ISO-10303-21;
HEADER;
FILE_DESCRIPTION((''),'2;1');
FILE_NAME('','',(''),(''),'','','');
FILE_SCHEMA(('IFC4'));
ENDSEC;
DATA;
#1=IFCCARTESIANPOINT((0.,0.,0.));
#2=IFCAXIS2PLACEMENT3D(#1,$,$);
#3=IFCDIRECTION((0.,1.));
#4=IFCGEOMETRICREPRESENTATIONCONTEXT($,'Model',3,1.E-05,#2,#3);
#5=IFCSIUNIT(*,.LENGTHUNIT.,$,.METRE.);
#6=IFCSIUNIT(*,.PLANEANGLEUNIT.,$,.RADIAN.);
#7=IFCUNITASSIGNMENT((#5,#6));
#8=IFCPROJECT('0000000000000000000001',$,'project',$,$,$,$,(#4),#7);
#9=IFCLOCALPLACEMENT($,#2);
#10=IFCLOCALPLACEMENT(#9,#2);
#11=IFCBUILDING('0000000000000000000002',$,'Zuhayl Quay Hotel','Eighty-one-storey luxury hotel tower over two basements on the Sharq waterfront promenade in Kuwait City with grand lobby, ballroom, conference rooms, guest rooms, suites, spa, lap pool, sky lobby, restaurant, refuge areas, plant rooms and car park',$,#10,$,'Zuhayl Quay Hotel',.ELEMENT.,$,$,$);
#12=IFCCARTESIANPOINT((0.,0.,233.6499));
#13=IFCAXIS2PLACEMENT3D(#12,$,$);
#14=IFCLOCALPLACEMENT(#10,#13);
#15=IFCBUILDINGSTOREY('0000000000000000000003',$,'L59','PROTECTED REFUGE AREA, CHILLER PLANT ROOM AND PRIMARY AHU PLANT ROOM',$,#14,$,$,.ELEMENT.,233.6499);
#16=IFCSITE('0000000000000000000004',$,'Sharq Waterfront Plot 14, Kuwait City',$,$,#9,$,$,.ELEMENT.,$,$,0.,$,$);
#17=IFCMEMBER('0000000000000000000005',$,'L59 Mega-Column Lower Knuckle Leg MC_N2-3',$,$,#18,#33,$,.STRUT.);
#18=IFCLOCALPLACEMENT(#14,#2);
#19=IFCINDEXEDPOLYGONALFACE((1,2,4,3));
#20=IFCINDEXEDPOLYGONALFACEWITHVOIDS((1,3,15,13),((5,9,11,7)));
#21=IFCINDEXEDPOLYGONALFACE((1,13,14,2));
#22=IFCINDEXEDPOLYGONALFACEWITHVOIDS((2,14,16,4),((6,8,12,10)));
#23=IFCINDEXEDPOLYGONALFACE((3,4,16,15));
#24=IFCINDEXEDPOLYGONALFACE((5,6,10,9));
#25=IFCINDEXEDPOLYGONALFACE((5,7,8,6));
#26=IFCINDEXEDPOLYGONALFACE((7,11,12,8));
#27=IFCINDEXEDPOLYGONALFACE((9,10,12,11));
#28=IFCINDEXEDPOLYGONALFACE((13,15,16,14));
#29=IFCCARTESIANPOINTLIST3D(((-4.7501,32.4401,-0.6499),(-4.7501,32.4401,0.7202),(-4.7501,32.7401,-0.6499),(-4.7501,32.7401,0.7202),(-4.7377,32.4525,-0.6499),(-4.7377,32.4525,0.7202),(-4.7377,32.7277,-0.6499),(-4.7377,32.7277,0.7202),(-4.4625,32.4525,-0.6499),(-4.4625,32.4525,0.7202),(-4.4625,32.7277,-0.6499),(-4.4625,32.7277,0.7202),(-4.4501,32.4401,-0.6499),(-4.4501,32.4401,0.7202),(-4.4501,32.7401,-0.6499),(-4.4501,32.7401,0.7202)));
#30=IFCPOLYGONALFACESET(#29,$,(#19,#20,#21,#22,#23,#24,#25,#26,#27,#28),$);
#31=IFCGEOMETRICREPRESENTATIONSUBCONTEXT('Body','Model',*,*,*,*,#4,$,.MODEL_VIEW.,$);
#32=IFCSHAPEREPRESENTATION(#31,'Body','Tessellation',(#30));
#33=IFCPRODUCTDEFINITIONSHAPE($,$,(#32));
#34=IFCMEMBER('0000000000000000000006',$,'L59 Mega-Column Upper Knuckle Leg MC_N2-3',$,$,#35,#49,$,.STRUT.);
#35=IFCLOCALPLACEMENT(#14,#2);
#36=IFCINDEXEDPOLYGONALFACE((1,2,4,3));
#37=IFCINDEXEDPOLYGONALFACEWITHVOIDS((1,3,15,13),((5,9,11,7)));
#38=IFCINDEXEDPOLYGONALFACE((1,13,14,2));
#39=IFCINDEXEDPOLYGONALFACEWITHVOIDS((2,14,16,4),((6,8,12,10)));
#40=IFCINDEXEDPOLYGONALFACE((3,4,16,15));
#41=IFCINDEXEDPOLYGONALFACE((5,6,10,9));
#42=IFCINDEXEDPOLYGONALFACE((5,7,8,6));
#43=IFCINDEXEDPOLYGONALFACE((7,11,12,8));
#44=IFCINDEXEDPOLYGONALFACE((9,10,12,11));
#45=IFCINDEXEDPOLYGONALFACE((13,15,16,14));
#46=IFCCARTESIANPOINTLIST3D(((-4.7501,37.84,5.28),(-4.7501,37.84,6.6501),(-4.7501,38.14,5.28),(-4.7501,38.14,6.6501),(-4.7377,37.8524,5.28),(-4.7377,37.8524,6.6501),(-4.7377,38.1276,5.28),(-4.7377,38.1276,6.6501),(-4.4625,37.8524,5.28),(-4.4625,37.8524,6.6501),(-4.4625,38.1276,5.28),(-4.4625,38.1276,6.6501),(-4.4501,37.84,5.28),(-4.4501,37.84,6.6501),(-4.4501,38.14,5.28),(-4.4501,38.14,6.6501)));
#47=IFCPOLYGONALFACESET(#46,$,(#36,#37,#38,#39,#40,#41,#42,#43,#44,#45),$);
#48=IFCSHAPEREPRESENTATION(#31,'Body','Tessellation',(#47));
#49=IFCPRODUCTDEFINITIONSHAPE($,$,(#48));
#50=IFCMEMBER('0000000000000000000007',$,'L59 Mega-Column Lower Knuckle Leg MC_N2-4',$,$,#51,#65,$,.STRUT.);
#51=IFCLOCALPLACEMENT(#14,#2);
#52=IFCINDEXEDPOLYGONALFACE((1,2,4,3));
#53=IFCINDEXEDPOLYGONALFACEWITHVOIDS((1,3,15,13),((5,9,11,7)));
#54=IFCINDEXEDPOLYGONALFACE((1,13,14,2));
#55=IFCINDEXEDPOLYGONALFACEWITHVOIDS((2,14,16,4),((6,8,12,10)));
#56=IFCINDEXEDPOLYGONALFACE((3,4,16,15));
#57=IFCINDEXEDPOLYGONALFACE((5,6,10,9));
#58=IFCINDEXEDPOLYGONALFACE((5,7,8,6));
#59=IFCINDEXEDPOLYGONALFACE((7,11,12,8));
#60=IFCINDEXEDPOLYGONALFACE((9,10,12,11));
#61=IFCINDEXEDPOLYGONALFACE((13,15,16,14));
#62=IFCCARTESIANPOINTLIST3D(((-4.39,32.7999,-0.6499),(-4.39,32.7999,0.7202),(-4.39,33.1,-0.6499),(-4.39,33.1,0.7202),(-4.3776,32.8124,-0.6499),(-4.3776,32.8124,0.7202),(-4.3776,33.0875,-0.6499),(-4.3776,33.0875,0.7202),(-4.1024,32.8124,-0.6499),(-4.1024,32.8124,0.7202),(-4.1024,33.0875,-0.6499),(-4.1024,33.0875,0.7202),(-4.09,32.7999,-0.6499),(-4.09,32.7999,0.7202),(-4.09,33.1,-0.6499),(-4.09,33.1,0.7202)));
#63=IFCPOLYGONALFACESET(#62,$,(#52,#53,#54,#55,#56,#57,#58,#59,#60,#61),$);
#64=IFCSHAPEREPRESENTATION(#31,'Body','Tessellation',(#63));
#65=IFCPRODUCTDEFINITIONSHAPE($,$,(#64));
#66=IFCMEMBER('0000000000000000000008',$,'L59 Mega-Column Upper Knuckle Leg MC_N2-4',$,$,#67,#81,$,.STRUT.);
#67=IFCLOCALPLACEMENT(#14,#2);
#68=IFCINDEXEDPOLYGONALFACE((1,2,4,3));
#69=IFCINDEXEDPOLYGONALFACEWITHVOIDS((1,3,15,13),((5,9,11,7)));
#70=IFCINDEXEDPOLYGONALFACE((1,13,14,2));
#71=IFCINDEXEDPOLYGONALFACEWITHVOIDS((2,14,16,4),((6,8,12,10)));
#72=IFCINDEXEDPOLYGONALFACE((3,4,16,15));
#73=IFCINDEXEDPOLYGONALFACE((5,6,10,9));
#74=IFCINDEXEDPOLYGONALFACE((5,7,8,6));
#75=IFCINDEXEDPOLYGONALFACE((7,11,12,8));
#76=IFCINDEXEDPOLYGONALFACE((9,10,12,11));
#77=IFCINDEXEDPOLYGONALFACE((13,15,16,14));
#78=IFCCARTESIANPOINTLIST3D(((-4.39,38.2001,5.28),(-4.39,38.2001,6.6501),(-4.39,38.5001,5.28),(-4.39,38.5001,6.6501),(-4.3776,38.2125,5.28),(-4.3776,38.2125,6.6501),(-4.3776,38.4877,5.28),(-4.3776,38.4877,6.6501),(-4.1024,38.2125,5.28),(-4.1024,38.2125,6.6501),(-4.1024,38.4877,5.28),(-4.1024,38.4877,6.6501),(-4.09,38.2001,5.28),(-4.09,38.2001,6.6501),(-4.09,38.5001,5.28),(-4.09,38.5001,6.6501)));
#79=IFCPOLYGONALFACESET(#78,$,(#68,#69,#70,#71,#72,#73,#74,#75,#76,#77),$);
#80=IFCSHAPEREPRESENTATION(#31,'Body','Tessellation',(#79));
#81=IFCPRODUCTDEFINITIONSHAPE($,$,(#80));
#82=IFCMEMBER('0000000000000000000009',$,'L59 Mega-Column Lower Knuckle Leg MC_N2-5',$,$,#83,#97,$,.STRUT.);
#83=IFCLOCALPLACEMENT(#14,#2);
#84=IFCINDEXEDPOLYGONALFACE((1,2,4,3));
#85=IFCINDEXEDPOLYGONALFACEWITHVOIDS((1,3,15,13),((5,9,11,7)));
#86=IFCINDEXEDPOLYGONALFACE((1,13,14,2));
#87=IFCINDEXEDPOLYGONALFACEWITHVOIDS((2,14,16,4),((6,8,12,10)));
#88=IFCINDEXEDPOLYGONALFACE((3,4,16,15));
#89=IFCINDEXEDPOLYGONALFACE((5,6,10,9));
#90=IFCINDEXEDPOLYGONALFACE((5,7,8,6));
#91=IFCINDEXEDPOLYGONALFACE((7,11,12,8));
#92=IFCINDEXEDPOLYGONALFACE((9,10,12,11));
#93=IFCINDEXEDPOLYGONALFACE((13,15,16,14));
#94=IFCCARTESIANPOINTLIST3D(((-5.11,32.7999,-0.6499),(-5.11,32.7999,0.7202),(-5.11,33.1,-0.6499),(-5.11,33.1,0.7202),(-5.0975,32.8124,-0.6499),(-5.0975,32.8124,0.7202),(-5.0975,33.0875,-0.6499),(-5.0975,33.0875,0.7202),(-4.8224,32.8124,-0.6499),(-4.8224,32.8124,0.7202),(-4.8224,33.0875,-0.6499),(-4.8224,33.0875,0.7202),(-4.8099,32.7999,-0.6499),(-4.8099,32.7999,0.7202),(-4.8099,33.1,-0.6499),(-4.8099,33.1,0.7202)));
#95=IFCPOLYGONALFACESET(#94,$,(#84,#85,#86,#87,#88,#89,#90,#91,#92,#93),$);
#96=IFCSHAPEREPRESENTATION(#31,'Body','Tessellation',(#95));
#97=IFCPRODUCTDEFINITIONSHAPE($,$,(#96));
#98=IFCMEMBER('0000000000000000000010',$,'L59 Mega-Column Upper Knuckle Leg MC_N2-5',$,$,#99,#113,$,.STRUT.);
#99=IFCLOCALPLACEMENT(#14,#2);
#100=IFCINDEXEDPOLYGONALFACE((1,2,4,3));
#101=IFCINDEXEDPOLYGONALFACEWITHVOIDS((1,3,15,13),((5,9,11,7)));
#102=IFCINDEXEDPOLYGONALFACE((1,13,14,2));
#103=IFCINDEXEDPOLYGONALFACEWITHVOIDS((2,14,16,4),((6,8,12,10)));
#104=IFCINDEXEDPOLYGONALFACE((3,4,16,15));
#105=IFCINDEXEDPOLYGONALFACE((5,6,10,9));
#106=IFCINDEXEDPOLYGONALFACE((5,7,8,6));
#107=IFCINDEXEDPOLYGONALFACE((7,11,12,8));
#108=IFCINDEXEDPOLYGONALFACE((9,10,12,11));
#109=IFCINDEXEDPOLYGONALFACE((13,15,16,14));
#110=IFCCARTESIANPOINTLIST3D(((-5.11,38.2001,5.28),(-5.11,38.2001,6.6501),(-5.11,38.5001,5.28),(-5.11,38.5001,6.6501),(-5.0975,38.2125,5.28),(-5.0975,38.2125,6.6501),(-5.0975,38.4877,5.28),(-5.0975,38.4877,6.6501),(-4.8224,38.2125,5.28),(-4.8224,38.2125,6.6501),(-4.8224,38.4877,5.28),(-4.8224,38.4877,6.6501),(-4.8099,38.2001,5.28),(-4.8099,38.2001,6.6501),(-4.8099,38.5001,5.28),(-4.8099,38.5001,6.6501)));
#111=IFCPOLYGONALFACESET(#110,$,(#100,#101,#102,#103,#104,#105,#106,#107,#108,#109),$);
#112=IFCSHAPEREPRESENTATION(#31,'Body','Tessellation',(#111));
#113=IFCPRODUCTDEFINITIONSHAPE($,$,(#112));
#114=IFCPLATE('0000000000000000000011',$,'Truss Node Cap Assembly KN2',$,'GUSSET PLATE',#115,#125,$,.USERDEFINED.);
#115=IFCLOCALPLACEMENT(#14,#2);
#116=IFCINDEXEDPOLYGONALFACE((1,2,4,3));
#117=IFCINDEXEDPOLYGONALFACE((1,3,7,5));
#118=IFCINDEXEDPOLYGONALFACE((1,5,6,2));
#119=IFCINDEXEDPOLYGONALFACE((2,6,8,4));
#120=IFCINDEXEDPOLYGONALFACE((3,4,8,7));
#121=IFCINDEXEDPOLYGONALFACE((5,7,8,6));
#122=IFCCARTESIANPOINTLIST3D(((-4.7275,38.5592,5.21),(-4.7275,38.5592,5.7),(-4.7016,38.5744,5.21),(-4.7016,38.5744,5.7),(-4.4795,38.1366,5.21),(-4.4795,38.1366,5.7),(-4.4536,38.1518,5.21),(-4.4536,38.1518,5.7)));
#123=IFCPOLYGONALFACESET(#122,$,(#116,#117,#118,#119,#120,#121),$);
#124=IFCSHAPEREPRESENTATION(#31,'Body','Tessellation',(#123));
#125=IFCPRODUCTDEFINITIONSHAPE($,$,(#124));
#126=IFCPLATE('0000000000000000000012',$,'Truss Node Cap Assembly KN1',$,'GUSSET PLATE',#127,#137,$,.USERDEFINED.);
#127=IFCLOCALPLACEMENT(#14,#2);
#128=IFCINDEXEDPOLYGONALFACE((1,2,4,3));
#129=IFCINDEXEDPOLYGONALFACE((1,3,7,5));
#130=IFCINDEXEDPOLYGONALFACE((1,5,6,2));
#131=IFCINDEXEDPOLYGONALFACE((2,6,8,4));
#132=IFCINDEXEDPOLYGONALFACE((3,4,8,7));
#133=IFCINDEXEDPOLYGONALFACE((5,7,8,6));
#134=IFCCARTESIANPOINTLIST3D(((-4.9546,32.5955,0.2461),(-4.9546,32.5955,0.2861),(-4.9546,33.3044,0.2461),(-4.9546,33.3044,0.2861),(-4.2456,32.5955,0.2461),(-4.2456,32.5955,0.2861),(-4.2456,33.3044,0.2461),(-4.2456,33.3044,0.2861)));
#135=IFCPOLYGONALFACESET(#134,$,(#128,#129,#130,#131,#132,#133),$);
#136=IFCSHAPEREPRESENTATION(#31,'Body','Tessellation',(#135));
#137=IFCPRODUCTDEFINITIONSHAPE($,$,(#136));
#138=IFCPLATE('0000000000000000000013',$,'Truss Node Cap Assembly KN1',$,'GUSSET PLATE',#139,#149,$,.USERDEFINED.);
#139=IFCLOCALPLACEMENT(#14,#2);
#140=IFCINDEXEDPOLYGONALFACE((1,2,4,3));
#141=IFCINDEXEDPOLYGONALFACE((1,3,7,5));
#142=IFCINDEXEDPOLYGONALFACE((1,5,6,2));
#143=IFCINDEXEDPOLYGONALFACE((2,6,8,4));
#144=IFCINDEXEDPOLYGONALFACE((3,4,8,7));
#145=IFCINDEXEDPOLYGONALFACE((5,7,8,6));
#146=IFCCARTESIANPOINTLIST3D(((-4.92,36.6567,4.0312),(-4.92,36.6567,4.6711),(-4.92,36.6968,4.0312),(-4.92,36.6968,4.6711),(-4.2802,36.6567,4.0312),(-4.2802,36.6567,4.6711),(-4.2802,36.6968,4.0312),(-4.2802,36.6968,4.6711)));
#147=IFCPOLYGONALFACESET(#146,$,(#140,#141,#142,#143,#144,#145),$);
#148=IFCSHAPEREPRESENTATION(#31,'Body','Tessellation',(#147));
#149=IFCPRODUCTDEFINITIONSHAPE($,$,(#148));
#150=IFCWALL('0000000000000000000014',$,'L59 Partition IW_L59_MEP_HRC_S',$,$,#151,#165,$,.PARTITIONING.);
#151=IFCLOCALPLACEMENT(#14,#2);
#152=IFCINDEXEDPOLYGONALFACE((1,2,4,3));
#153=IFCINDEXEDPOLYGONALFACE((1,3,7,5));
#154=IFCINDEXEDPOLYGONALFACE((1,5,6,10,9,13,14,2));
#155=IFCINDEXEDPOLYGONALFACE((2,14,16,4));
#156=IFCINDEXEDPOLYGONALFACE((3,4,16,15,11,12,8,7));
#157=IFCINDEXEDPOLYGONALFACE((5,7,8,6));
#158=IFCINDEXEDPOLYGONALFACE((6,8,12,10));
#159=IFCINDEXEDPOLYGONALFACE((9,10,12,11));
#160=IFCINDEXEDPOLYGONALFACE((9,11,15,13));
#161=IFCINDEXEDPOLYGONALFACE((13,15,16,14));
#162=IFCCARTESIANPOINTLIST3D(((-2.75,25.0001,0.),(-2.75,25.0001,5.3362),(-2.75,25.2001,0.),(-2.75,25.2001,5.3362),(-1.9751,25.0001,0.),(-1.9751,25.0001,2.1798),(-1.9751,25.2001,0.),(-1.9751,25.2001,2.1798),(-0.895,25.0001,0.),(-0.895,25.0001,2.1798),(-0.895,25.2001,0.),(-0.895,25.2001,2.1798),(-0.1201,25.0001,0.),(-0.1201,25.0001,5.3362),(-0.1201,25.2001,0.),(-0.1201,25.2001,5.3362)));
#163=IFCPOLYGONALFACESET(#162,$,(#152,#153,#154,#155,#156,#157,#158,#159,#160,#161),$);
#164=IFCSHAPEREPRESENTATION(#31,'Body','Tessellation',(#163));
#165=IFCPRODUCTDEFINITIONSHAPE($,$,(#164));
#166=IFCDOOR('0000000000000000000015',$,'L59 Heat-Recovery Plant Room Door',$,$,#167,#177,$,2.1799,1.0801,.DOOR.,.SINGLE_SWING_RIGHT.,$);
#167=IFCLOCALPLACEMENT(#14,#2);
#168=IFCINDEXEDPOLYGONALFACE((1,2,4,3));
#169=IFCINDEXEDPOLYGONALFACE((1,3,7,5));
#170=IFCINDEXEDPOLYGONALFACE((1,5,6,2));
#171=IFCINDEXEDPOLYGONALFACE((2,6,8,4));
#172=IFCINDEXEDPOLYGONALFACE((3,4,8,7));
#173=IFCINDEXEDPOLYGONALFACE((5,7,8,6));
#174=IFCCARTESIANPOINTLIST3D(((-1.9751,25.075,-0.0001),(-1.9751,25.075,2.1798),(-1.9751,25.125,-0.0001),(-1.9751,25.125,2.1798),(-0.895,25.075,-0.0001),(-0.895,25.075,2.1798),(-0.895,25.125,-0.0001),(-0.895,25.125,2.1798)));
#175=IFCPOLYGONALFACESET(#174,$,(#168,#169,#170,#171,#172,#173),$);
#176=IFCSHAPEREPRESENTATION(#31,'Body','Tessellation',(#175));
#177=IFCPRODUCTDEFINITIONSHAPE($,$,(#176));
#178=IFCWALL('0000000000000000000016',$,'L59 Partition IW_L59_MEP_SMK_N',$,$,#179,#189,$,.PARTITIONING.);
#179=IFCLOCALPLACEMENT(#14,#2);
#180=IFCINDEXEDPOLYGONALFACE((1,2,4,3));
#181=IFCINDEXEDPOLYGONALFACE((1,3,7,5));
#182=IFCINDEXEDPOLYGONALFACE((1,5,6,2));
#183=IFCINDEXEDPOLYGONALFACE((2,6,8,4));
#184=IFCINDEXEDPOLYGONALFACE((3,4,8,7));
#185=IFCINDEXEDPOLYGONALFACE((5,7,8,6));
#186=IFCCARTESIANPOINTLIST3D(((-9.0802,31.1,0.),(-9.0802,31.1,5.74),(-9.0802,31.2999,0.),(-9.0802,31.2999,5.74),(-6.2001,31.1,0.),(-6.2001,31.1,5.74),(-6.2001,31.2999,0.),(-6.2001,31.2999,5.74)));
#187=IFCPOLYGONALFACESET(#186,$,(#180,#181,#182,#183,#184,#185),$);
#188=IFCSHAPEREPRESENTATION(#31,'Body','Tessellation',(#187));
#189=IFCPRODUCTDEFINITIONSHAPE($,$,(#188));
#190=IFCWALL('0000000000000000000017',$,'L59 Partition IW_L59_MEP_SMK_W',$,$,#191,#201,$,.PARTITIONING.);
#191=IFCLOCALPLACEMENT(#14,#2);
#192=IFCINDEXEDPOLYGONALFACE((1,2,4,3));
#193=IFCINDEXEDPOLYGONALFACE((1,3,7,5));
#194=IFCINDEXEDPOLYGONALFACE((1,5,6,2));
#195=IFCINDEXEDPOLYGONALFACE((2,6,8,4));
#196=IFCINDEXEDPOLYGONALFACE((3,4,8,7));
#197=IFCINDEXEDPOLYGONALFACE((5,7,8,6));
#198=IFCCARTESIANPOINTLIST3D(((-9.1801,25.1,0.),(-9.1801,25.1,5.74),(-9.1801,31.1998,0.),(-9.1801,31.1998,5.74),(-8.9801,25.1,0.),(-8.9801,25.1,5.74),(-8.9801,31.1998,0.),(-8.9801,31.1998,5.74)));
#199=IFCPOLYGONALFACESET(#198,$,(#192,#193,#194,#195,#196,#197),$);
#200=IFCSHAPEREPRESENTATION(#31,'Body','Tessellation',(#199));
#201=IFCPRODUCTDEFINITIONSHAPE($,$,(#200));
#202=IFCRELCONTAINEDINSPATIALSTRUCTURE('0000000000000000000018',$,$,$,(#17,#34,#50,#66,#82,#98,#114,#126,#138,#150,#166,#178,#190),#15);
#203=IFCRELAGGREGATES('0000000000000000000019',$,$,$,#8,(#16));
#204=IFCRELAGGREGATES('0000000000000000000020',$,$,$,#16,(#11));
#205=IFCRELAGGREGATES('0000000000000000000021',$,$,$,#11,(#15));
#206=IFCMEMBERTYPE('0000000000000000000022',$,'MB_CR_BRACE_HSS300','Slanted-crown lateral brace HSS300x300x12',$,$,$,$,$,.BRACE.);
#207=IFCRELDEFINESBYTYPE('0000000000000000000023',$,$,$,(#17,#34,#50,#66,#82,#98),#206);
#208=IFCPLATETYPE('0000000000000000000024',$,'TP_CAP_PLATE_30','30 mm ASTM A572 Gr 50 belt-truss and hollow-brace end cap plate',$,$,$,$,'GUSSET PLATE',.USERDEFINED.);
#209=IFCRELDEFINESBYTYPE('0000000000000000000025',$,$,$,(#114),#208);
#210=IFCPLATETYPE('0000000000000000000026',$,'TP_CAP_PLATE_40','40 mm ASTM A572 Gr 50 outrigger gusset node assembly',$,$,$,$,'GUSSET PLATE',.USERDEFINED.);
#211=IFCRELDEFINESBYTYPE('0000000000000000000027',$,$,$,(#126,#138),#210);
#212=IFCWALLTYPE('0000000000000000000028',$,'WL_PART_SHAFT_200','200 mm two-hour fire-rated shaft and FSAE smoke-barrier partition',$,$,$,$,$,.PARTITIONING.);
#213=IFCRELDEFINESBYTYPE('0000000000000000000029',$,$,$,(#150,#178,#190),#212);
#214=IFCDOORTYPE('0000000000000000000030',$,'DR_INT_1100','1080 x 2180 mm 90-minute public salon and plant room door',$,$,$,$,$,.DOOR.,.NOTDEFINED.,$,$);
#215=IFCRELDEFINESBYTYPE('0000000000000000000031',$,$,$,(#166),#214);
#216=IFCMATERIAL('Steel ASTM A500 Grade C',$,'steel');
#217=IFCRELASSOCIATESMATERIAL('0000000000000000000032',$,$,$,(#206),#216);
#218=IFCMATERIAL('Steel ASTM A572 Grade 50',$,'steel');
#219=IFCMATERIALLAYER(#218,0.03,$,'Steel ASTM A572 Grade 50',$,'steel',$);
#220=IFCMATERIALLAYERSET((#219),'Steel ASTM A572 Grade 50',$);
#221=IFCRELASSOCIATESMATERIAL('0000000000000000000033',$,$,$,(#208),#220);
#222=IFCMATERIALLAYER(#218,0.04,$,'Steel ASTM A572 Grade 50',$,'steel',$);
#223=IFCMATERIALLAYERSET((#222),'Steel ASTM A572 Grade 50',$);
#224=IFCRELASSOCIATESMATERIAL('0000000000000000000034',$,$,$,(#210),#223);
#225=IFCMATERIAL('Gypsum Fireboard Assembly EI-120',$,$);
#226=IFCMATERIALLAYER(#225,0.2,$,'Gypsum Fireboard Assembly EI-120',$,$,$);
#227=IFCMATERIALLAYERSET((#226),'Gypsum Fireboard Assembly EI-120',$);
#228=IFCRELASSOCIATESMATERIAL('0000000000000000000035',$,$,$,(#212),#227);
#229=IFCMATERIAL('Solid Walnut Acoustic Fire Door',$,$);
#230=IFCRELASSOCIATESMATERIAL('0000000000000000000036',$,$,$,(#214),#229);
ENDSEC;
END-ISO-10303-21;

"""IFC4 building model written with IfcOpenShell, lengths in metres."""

from ifc_helpers import new_model, si_unit, direction, frame, frame_2d, origin, origin_2d, place, context, subcontext, project, spatial, rectangle, hollow_rectangle, extrude, material, layer, layer_set, material_profile, profile_set, type_object, element, fill, save


model = new_model("IFC4")

# Units and contexts
model_context = context("Model", 3, precision=1e-05, world=origin(), true_north=direction((0.0, 1.0)))
body_context = subcontext(model_context, "Body", "Model", "MODEL_VIEW")
ifc_project = project(units=[si_unit("LENGTHUNIT", "METRE"), si_unit("PLANEANGLEUNIT", "RADIAN")], contexts=[model_context])

# Site, building, storey
site_placement = place(None, origin())
site = spatial("IfcSite", under=ifc_project, at=site_placement, Name="Sharq Waterfront Plot 14, Kuwait City", CompositionType="ELEMENT", RefElevation=0.0)
building_placement = place(site_placement, origin())
building = spatial("IfcBuilding", under=site, at=building_placement, Name="Zuhayl Quay Hotel", Description="Eighty-one-storey luxury hotel tower over two basements on the Sharq waterfront promenade in Kuwait City with grand lobby, ballroom, conference rooms, guest rooms, suites, spa, lap pool, sky lobby, restaurant, refuge areas, plant rooms and car park", LongName="Zuhayl Quay Hotel", CompositionType="ELEMENT")
storey_placement = place(building_placement, frame((0.0, 0.0, 233.6499)))
storey = spatial("IfcBuildingStorey", under=building, at=storey_placement, Name="L59", Description="PROTECTED REFUGE AREA, CHILLER PLANT ROOM AND PRIMARY AHU PLANT ROOM", CompositionType="ELEMENT", Elevation=233.6499)

# Members
ifc_material_1 = material(Name="Steel ASTM A500 Grade C", Category="steel")
ifc_material_profile_1 = material_profile(ifc_material_1, hollow_rectangle(XDim=0.3, YDim=0.3, WallThickness=0.0125, at=origin_2d()), Name="HSS300X300X12")
ifc_profile_set_1 = profile_set([ifc_material_profile_1], Name="Steel ASTM A500 Grade C")
member_type_1 = type_object("IfcMemberType", Name="MB_CR_BRACE_HSS300", Description="Slanted-crown lateral brace HSS300x300x12", PredefinedType="BRACE", material=ifc_profile_set_1)
for number, where, z_axis, x_axis, name in (
    (1, (-4.6001, 32.5901, -0.6499), (0.0, 0.0, 1.0), (1.0, 0.0, 0.0), "L59 Mega-Column Lower Knuckle Leg MC_N2-3"),
    (2, (-4.6001, 37.99, 5.28), (0.0, 0.0, 1.0), (1.0, 0.0, 0.0), "L59 Mega-Column Upper Knuckle Leg MC_N2-3"),
    (3, (-4.24, 32.95, -0.6499), (0.0, 0.0, 1.0), (1.0, 0.0, 0.0), "L59 Mega-Column Lower Knuckle Leg MC_N2-4"),
    (4, (-4.24, 38.3501, 5.28), (0.0, 0.0, 1.0), (1.0, 0.0, 0.0), "L59 Mega-Column Upper Knuckle Leg MC_N2-4"),
    (5, (-4.96, 32.95, -0.6499), (0.0, 0.0, 1.0), (1.0, 0.0, 0.0), "L59 Mega-Column Lower Knuckle Leg MC_N2-5"),
    (6, (-4.96, 38.3501, 5.28), (0.0, 0.0, 1.0), (1.0, 0.0, 0.0), "L59 Mega-Column Upper Knuckle Leg MC_N2-5"),
):
    element("IfcMember", number, at=place(storey_placement, frame(where, z_axis=z_axis, x_axis=x_axis)), inside=storey, type_object=member_type_1, Name=name, PredefinedType="STRUT", context=body_context, shape_type="SweptSolid", body=[
        extrude(hollow_rectangle(XDim=0.3, YDim=0.3, WallThickness=0.0125, at=origin_2d()), origin(), (0.0, 0.0, 1.0), 1.3701),
    ])

# Plates
ifc_material_2 = material(Name="Steel ASTM A572 Grade 50", Category="steel")
ifc_layer_1 = layer(ifc_material_2, 0.03, Name="Steel ASTM A572 Grade 50", Category="steel")
ifc_layer_set_1 = layer_set([ifc_layer_1], Name="Steel ASTM A572 Grade 50")
plate_type_1 = type_object("IfcPlateType", Name="TP_CAP_PLATE_30", Description="30 mm ASTM A572 Gr 50 belt-truss and hollow-brace end cap plate", ElementType="GUSSET PLATE", PredefinedType="USERDEFINED", material=ifc_layer_set_1)
plate_1_placement = place(storey_placement, frame((-4.5906, 38.3555, 5.21), z_axis=(0.0, 0.0, 1.0), x_axis=(0.862425, 0.506184, 0.0)))
element("IfcPlate", 7, at=plate_1_placement, inside=storey, type_object=plate_type_1, Name="Truss Node Cap Assembly KN2", ObjectType="GUSSET PLATE", PredefinedType="USERDEFINED", context=body_context, shape_type="SweptSolid", body=[
    extrude(rectangle(XDim=0.03, YDim=0.49, at=origin_2d()), origin(), (0.0, 0.0, 1.0), 0.49),
])
ifc_layer_2 = layer(ifc_material_2, 0.04, Name="Steel ASTM A572 Grade 50", Category="steel")
ifc_layer_set_2 = layer_set([ifc_layer_2], Name="Steel ASTM A572 Grade 50")
plate_type_2 = type_object("IfcPlateType", Name="TP_CAP_PLATE_40", Description="40 mm ASTM A572 Gr 50 outrigger gusset node assembly", ElementType="GUSSET PLATE", PredefinedType="USERDEFINED", material=ifc_layer_set_2)
plate_2_placement = place(storey_placement, frame((-4.6001, 32.95, 0.2461), z_axis=(0.0, 0.0, 1.0), x_axis=(1.0, 0.0, 0.0)))
element("IfcPlate", 8, at=plate_2_placement, inside=storey, type_object=plate_type_2, Name="Truss Node Cap Assembly KN1", ObjectType="GUSSET PLATE", PredefinedType="USERDEFINED", context=body_context, shape_type="SweptSolid", body=[
    extrude(rectangle(XDim=0.709, YDim=0.709, at=origin_2d()), origin(), (0.0, 0.0, 1.0), 0.04),
])
plate_3_placement = place(storey_placement, frame((-4.6001, 36.6768, 4.0312), z_axis=(0.0, 0.0, 1.0), x_axis=(0.0, 1.0, 0.0)))
element("IfcPlate", 9, at=plate_3_placement, inside=storey, type_object=plate_type_2, Name="Truss Node Cap Assembly KN1", ObjectType="GUSSET PLATE", PredefinedType="USERDEFINED", context=body_context, shape_type="SweptSolid", body=[
    extrude(rectangle(XDim=0.04, YDim=0.6399, at=origin_2d()), origin(), (0.0, 0.0, 1.0), 0.6399),
])

# Wall, opening, door
ifc_material_3 = material(Name="Gypsum Fireboard Assembly EI-120")
ifc_layer_3 = layer(ifc_material_3, 0.2, Name="Gypsum Fireboard Assembly EI-120")
ifc_layer_set_3 = layer_set([ifc_layer_3], Name="Gypsum Fireboard Assembly EI-120")
wall_type = type_object("IfcWallType", Name="WL_PART_SHAFT_200", Description="200 mm two-hour fire-rated shaft and FSAE smoke-barrier partition", PredefinedType="PARTITIONING", material=ifc_layer_set_3)
wall_1_placement = place(storey_placement, frame((-2.75, 25.1001, 0.0), z_axis=(0.0, 0.0, 1.0), x_axis=(1.0, 0.0, 0.0)))
wall_1 = element("IfcWall", 10, at=wall_1_placement, inside=storey, type_object=wall_type, Name="L59 Partition IW_L59_MEP_HRC_S", PredefinedType="PARTITIONING", context=body_context, shape_type="SweptSolid", body=[
    extrude(rectangle(XDim=2.6299, YDim=0.2, at=frame_2d((1.3149, 0.0))), origin(), (0.0, 0.0, 1.0), 5.3362),
])
opening_placement = place(wall_1_placement, frame((0.7749, 0.0, 0.0)))
opening = element("IfcOpeningElement", 11, at=opening_placement, cuts=wall_1, PredefinedType="OPENING", context=body_context, shape_type="SweptSolid", body=[
    extrude(rectangle(XDim=1.0801, YDim=2.1799, at=frame_2d((0.54, 1.0898))), frame((0.0, 0.1099, 0.0), z_axis=(0.0, -1.0, 0.0), x_axis=(1.0, 0.0, 0.0)), (0.0, 0.0, 1.0), 0.22),
])
ifc_material_4 = material(Name="Solid Walnut Acoustic Fire Door")
door_type = type_object("IfcDoorType", Name="DR_INT_1100", Description="1080 x 2180 mm 90-minute public salon and plant room door", OperationType="NOTDEFINED", PredefinedType="DOOR", material=ifc_material_4)
door_placement = place(opening_placement, origin())
door = element("IfcDoor", 12, at=door_placement, inside=storey, type_object=door_type, Name="L59 Heat-Recovery Plant Room Door", OperationType="SINGLE_SWING_RIGHT", OverallHeight=2.1799, OverallWidth=1.0801, PredefinedType="DOOR", context=body_context, shape_type="SweptSolid", body=[
    extrude(rectangle(XDim=1.0801, YDim=2.1799, at=frame_2d((0.54, 1.0898))), frame((0.0, 0.0249, 0.0), z_axis=(0.0, -1.0, 0.0), x_axis=(1.0, 0.0, 0.0)), (0.0, 0.0, 1.0), 0.05),
])
fill(opening, door)

# Walls
wall_2_placement = place(storey_placement, frame((-9.0801, 31.2, 0.0), z_axis=(0.0, 0.0, 1.0), x_axis=(1.0, 0.0, 0.0)))
element("IfcWall", 13, at=wall_2_placement, inside=storey, type_object=wall_type, Name="L59 Partition IW_L59_MEP_SMK_N", PredefinedType="PARTITIONING", context=body_context, shape_type="SweptSolid", body=[
    extrude(rectangle(XDim=2.8801, YDim=0.2, at=frame_2d((1.4399, 0.0))), origin(), (0.0, 0.0, 1.0), 5.74),
])
for number, where, z_axis, x_axis, name in (
    (14, (-9.0801, 25.1001, 0.0), (0.0, 0.0, 1.0), (0.0, 1.0, 0.0), "L59 Partition IW_L59_MEP_SMK_W"),
):
    element("IfcWall", number, at=place(storey_placement, frame(where, z_axis=z_axis, x_axis=x_axis)), inside=storey, type_object=wall_type, Name=name, PredefinedType="PARTITIONING", context=body_context, shape_type="SweptSolid", body=[
        extrude(rectangle(XDim=6.0999, YDim=0.2, at=frame_2d((3.0498, 0.0))), origin(), (0.0, 0.0, 1.0), 5.74),
    ])

save(model, "model.ifc")
